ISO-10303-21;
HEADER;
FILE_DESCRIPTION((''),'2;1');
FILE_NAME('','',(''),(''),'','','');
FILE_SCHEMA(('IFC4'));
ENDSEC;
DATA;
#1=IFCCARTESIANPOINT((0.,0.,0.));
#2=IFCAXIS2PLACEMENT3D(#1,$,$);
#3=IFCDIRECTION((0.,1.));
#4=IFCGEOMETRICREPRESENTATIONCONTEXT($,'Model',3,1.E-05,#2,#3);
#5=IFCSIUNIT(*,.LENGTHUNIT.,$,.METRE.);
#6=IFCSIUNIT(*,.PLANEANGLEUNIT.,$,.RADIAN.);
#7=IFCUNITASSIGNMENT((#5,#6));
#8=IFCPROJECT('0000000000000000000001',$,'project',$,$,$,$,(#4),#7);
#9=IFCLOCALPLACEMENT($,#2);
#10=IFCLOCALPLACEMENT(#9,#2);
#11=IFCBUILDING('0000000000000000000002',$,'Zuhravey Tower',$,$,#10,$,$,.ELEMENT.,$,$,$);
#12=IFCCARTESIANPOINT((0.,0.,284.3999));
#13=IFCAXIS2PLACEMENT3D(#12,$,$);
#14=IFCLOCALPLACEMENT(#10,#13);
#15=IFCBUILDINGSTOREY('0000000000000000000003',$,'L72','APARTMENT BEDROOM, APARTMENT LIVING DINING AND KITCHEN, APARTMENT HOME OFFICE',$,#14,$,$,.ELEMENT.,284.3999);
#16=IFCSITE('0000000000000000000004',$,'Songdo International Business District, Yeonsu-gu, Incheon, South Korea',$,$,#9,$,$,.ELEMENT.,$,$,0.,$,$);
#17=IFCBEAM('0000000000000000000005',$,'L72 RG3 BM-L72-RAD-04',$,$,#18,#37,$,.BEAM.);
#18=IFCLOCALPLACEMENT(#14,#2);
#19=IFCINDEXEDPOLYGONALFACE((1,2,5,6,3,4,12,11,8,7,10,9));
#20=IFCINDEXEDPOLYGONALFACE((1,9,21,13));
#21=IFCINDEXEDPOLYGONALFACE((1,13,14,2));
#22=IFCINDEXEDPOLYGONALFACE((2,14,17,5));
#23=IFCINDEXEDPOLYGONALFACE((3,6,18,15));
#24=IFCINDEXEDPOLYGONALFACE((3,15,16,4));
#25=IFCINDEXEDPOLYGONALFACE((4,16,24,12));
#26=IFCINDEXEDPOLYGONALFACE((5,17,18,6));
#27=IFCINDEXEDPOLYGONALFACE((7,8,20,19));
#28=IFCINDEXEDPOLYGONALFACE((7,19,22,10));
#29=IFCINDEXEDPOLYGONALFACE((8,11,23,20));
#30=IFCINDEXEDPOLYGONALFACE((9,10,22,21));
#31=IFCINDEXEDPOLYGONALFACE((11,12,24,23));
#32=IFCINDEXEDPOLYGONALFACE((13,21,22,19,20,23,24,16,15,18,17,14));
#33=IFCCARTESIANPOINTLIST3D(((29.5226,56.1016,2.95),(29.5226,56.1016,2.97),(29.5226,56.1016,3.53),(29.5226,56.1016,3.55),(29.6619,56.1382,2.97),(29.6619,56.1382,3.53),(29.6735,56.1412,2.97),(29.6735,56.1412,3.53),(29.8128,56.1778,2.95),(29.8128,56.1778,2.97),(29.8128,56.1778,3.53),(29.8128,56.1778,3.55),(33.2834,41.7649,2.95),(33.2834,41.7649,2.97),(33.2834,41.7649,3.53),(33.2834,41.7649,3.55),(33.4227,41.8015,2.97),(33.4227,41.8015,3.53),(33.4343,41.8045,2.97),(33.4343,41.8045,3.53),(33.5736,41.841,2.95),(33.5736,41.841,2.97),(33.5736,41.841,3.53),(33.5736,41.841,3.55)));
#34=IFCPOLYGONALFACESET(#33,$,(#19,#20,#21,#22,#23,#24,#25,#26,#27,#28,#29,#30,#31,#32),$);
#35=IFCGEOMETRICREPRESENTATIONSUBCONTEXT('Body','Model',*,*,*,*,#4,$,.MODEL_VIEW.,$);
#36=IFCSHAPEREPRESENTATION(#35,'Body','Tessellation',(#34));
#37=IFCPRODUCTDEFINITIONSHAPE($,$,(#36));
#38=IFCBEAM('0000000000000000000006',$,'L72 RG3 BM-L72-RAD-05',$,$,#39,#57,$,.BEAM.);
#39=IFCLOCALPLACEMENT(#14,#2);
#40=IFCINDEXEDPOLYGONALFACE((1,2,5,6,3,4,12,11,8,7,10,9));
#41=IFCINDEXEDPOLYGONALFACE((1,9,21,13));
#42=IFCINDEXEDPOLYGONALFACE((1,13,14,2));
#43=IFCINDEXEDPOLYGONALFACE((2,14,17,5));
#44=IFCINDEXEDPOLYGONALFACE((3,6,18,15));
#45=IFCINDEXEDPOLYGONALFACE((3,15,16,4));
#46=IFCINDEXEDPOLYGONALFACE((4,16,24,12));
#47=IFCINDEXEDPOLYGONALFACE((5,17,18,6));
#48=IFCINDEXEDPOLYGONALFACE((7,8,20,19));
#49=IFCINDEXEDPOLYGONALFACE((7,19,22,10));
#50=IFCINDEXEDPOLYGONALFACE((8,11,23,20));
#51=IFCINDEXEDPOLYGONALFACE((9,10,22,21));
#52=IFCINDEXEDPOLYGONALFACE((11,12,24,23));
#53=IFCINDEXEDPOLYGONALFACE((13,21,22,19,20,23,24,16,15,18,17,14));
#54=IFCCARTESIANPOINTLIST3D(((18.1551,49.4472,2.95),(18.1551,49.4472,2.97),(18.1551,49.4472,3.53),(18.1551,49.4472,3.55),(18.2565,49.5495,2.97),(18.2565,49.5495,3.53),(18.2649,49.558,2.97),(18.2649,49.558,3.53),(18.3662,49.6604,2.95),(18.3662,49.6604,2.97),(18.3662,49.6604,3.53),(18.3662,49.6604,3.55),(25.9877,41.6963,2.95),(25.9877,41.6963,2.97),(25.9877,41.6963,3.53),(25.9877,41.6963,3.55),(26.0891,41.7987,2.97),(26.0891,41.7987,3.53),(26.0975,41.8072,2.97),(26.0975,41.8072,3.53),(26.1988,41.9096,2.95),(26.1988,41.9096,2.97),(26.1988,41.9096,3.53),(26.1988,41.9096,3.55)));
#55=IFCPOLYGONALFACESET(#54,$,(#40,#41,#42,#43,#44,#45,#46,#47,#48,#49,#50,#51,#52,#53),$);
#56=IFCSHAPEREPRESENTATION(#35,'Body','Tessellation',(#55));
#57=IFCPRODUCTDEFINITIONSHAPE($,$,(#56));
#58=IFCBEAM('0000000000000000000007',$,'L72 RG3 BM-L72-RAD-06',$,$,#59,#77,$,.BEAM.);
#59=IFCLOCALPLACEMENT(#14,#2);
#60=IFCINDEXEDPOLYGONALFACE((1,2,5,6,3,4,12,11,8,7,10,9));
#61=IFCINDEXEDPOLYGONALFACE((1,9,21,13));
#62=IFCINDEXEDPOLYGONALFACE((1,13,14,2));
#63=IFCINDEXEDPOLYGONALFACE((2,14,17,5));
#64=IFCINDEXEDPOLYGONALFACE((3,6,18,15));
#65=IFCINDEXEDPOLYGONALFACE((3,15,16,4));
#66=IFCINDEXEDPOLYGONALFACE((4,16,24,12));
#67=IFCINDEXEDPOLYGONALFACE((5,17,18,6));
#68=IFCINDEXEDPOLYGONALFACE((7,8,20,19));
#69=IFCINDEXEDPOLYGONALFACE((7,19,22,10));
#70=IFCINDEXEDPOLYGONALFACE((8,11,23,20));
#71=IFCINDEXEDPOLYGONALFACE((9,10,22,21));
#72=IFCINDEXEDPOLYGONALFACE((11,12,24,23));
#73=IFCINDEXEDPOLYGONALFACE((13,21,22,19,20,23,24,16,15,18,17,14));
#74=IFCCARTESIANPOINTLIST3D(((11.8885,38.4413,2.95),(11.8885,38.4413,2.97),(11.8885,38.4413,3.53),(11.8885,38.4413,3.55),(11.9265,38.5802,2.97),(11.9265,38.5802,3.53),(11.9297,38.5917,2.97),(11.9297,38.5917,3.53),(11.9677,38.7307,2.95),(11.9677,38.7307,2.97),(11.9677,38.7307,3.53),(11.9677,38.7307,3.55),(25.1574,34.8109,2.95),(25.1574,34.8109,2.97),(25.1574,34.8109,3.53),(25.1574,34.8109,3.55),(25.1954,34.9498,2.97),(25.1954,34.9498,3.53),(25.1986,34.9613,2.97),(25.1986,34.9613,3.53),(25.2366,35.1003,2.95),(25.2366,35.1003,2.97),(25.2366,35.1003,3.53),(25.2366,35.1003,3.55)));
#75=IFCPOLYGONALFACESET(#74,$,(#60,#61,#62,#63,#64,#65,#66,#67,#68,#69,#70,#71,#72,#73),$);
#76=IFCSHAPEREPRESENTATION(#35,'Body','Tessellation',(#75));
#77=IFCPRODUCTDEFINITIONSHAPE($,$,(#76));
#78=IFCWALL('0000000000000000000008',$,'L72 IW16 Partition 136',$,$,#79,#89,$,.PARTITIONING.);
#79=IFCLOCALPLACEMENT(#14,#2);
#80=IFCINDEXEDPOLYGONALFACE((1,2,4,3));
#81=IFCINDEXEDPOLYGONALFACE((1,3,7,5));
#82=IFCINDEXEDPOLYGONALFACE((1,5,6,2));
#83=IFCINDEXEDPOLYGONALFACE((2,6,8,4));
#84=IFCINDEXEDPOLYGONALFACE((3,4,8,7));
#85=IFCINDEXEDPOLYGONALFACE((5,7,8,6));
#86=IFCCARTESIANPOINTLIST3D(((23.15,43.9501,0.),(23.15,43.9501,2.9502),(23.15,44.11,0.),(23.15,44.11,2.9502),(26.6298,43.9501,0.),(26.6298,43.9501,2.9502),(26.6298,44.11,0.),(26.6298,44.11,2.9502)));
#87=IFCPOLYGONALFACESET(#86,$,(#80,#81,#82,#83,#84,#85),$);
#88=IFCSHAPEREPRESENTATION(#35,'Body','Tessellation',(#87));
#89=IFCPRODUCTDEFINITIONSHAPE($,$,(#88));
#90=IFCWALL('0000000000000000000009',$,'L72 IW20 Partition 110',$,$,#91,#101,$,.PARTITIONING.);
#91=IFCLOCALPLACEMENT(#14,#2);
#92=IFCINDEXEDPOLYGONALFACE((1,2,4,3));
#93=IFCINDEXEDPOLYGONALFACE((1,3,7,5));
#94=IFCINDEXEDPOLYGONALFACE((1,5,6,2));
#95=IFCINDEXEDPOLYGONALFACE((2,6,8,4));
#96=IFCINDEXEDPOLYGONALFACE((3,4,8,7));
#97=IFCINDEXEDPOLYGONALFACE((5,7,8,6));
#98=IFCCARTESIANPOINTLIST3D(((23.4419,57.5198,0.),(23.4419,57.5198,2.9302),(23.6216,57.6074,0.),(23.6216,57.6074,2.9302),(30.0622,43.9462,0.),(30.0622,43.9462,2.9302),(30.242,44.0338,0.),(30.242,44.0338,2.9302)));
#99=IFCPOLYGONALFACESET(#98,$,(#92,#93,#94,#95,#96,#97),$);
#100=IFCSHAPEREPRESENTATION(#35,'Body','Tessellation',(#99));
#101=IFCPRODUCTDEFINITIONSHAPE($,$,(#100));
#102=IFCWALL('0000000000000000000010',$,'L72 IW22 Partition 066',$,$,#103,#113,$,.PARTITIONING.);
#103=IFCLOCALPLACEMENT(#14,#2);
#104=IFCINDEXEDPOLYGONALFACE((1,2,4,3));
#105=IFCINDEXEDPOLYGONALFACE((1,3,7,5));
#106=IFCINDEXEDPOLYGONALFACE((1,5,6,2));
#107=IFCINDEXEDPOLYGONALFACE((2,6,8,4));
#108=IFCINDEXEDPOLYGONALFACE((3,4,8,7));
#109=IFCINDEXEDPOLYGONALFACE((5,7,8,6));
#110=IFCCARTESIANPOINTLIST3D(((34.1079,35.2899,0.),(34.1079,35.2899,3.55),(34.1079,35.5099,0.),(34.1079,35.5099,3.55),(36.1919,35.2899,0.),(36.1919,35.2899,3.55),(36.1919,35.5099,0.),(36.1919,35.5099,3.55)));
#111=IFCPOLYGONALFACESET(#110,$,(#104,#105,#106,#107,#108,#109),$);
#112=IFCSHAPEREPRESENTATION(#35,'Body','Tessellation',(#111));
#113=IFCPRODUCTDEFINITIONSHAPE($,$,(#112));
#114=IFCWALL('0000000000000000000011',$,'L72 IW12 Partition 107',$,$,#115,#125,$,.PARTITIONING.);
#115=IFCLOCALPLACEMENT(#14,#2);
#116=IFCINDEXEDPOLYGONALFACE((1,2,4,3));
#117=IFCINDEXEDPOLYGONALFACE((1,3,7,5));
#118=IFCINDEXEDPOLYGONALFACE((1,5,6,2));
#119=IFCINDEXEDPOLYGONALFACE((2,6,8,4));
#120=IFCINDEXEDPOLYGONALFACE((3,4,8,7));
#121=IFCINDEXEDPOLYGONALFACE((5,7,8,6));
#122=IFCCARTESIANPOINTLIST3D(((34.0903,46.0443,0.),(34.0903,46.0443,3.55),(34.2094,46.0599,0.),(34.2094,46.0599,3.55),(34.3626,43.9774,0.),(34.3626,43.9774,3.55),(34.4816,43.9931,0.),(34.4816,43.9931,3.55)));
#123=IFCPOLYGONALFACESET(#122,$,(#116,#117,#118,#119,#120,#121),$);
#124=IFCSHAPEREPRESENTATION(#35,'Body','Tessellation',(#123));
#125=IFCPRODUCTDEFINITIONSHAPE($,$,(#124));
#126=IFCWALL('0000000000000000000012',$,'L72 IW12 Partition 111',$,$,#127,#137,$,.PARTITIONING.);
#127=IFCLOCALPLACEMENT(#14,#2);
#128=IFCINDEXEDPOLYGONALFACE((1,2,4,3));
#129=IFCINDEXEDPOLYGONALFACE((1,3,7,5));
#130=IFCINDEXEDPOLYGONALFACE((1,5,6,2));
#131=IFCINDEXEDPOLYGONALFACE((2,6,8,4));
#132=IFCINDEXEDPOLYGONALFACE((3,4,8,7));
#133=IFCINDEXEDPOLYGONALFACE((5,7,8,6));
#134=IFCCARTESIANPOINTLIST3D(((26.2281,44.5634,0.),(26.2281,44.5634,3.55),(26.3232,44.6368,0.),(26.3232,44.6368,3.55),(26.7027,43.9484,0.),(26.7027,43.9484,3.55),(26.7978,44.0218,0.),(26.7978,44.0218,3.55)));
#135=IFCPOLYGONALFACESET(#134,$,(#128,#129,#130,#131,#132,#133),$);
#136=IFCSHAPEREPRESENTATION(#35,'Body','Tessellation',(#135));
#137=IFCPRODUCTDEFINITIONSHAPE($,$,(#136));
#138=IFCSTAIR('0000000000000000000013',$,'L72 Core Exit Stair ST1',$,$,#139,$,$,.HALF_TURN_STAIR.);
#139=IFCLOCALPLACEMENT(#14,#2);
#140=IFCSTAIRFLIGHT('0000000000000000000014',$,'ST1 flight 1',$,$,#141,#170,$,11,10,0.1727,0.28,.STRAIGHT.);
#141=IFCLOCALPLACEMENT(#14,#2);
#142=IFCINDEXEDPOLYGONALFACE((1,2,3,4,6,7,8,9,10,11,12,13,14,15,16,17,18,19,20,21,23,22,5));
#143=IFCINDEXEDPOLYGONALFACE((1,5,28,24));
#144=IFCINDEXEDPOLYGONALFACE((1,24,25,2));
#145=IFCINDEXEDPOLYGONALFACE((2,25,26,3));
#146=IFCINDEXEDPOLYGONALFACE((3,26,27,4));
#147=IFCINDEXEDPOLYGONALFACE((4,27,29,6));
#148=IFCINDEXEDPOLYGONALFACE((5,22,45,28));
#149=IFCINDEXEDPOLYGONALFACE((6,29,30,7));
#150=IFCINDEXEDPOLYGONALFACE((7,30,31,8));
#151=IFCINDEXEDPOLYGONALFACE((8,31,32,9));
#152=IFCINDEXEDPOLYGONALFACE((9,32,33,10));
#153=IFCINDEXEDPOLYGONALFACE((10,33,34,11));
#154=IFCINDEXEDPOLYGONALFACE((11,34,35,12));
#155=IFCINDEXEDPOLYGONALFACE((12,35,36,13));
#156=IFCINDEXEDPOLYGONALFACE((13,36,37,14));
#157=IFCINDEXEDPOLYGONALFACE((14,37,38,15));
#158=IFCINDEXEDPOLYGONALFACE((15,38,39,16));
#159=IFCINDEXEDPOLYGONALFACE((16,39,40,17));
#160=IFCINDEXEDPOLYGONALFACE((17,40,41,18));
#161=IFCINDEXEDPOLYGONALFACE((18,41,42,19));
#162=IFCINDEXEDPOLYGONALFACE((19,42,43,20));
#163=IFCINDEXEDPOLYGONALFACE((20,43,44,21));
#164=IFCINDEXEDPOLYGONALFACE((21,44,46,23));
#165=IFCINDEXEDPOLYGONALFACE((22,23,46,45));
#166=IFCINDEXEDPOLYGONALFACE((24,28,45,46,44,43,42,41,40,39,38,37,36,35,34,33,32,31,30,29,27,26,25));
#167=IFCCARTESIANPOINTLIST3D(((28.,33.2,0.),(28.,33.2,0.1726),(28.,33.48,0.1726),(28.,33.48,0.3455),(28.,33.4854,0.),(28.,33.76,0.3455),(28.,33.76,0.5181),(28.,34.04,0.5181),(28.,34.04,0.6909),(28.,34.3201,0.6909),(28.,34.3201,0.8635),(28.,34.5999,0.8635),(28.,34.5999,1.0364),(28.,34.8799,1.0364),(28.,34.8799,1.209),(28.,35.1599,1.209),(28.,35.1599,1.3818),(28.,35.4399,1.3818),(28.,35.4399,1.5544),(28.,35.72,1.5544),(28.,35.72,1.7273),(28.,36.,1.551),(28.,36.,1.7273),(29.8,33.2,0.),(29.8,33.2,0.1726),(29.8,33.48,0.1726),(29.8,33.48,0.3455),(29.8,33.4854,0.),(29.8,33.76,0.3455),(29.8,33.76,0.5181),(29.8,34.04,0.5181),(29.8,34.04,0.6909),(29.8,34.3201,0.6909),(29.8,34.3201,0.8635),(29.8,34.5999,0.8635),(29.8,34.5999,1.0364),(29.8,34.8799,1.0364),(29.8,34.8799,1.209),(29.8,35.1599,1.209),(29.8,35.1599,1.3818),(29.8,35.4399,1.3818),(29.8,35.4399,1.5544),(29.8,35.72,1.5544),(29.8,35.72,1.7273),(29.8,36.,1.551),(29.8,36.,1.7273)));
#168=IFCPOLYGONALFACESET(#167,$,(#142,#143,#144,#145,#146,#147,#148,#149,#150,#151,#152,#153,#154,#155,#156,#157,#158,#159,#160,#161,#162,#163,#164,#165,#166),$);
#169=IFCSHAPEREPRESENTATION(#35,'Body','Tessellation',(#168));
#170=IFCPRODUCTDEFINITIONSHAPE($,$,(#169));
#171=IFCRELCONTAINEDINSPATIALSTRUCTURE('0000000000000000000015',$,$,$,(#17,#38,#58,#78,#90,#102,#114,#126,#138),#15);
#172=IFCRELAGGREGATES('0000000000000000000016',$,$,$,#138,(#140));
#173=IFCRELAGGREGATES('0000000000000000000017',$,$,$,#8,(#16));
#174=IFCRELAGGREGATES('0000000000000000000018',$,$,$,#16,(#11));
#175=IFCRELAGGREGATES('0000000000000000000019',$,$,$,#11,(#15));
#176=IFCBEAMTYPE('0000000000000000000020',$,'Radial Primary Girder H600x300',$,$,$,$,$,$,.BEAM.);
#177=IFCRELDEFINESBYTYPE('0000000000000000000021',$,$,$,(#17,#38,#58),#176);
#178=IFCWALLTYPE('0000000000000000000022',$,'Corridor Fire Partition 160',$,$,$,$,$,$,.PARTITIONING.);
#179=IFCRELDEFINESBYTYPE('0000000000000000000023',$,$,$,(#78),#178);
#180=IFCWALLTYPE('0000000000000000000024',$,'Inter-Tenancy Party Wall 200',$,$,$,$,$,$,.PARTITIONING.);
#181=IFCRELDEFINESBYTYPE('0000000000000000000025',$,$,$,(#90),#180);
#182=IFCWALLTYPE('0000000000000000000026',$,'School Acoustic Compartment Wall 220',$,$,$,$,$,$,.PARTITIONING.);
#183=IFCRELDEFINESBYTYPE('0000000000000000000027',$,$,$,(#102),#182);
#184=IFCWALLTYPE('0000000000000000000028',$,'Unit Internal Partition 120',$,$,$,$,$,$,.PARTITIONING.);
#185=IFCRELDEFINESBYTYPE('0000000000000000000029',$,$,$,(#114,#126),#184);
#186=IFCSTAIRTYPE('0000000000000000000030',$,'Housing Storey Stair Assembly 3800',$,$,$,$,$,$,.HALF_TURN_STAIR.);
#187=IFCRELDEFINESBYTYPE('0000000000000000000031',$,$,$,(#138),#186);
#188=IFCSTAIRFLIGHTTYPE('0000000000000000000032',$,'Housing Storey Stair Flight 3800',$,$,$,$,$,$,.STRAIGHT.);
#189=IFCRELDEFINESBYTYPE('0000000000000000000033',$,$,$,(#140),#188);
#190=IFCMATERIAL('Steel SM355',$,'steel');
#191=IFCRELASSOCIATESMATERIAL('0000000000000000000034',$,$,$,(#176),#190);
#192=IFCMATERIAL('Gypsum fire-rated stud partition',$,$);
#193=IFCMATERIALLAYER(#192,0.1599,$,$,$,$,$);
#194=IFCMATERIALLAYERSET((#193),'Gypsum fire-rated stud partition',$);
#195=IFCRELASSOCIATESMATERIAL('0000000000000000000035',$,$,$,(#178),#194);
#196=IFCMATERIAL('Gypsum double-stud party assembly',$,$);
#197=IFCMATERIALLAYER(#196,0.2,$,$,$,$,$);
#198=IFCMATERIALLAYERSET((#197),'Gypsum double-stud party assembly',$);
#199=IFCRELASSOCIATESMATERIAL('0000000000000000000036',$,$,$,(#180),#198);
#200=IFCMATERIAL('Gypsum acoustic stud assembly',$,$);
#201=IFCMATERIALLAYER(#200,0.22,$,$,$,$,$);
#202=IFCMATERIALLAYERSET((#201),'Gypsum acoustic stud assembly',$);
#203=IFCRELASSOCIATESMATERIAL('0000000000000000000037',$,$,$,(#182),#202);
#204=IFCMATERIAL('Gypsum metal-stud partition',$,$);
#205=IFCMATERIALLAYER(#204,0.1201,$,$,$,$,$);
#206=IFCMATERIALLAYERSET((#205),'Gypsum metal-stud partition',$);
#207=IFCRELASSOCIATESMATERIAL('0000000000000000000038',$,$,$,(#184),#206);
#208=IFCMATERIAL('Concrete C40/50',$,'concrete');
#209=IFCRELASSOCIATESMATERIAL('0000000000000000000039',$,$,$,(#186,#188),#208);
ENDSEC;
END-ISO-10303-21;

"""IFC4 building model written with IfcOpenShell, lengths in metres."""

from ifc_helpers import new_model, si_unit, direction, frame, frame_2d, origin, origin_2d, place, context, subcontext, project, spatial, polyline, rectangle, i_section, outline, extrude, material, layer, layer_set, material_profile, profile_set, type_object, element, aggregate, save


model = new_model("IFC4")

# Units and contexts
model_context = context("Model", 3, precision=1e-05, world=origin(), true_north=direction((0.0, 1.0)))
body_context = subcontext(model_context, "Body", "Model", "MODEL_VIEW")
ifc_project = project(units=[si_unit("LENGTHUNIT", "METRE"), si_unit("PLANEANGLEUNIT", "RADIAN")], contexts=[model_context])

# Site, building, storey
site_placement = place(None, origin())
site = spatial("IfcSite", under=ifc_project, at=site_placement, Name="Songdo International Business District, Yeonsu-gu, Incheon, South Korea", CompositionType="ELEMENT", RefElevation=0.0)
building_placement = place(site_placement, origin())
building = spatial("IfcBuilding", under=site, at=building_placement, Name="Zuhravey Tower", CompositionType="ELEMENT")
storey_placement = place(building_placement, frame((0.0, 0.0, 284.3999)))
storey = spatial("IfcBuildingStorey", under=building, at=storey_placement, Name="L72", Description="APARTMENT BEDROOM, APARTMENT LIVING DINING AND KITCHEN, APARTMENT HOME OFFICE", CompositionType="ELEMENT", Elevation=284.3999)

# Beams
ifc_material_1 = material(Name="Steel SM355", Category="steel")
ifc_material_profile = material_profile(ifc_material_1, i_section(OverallWidth=0.3, OverallDepth=0.6001, WebThickness=0.012, FlangeThickness=0.02, at=origin_2d()), Name="H-600x300x12x20")
ifc_profile_set = profile_set([ifc_material_profile], Name="Steel SM355")
beam_type = type_object("IfcBeamType", Name="Radial Primary Girder H600x300", PredefinedType="BEAM", material=ifc_profile_set)
beam_1_placement = place(storey_placement, frame((33.4285, 41.803, 3.25), z_axis=(-0.253732, 0.967275, 0.0), x_axis=(-0.967275, -0.253732, 0.0)))
element("IfcBeam", 1, at=beam_1_placement, inside=storey, type_object=beam_type, Name="L72 RG3 BM-L72-RAD-04", PredefinedType="BEAM", context=body_context, shape_type="SweptSolid", body=[
    extrude(i_section(OverallWidth=0.3, OverallDepth=0.6001, WebThickness=0.012, FlangeThickness=0.02, at=origin_2d()), origin(), (0.0, 0.0, 1.0), 14.8218),
])
beam_2_placement = place(storey_placement, frame((26.0933, 41.803, 3.25), z_axis=(-0.710808, 0.703386, 0.0), x_axis=(-0.703386, -0.710808, 0.0)))
element("IfcBeam", 2, at=beam_2_placement, inside=storey, type_object=beam_type, Name="L72 RG3 BM-L72-RAD-05", PredefinedType="BEAM", context=body_context, shape_type="SweptSolid", body=[
    extrude(i_section(OverallWidth=0.3, OverallDepth=0.6001, WebThickness=0.012, FlangeThickness=0.02, at=origin_2d()), origin(), (0.0, 0.0, 1.0), 11.0193),
])
beam_3_placement = place(storey_placement, frame((25.197, 34.9556, 3.25), z_axis=(-0.964549, 0.263903, 0.0), x_axis=(-0.263903, -0.964549, 0.0)))
element("IfcBeam", 3, at=beam_3_placement, inside=storey, type_object=beam_type, Name="L72 RG3 BM-L72-RAD-06", PredefinedType="BEAM", context=body_context, shape_type="SweptSolid", body=[
    extrude(i_section(OverallWidth=0.3, OverallDepth=0.6001, WebThickness=0.012, FlangeThickness=0.02, at=origin_2d()), origin(), (0.0, 0.0, 1.0), 13.7566),
])

# Walls
ifc_material_2 = material(Name="Gypsum fire-rated stud partition")
ifc_layer_1 = layer(ifc_material_2, 0.1599)
ifc_layer_set_1 = layer_set([ifc_layer_1], Name="Gypsum fire-rated stud partition")
wall_type_1 = type_object("IfcWallType", Name="Corridor Fire Partition 160", PredefinedType="PARTITIONING", material=ifc_layer_set_1)
wall_1_placement = place(storey_placement, frame((26.6296, 44.03, 0.0), z_axis=(0.0, 0.0, 1.0), x_axis=(-1.0, 0.0, 0.0)))
element("IfcWall", 4, at=wall_1_placement, inside=storey, type_object=wall_type_1, Name="L72 IW16 Partition 136", PredefinedType="PARTITIONING", context=body_context, shape_type="SweptSolid", body=[
    extrude(rectangle(XDim=3.4797, YDim=0.1599, at=frame_2d((1.7397, 0.0))), origin(), (0.0, 0.0, 1.0), 2.9502),
])
ifc_material_3 = material(Name="Gypsum double-stud party assembly")
ifc_layer_2 = layer(ifc_material_3, 0.2)
ifc_layer_set_2 = layer_set([ifc_layer_2], Name="Gypsum double-stud party assembly")
wall_type_2 = type_object("IfcWallType", Name="Inter-Tenancy Party Wall 200", PredefinedType="PARTITIONING", material=ifc_layer_set_2)
wall_2_placement = place(storey_placement, frame((30.1521, 43.99, 0.0), z_axis=(0.0, 0.0, 1.0), x_axis=(-0.438372, 0.898794, 0.0)))
element("IfcWall", 5, at=wall_2_placement, inside=storey, type_object=wall_type_2, Name="L72 IW20 Partition 110", PredefinedType="PARTITIONING", context=body_context, shape_type="SweptSolid", body=[
    extrude(rectangle(XDim=15.1021, YDim=0.2, at=frame_2d((7.551, 0.0))), origin(), (0.0, 0.0, 1.0), 2.9302),
])
ifc_material_4 = material(Name="Gypsum acoustic stud assembly")
ifc_layer_3 = layer(ifc_material_4, 0.22)
ifc_layer_set_3 = layer_set([ifc_layer_3], Name="Gypsum acoustic stud assembly")
wall_type_3 = type_object("IfcWallType", Name="School Acoustic Compartment Wall 220", PredefinedType="PARTITIONING", material=ifc_layer_set_3)
wall_3_placement = place(storey_placement, frame((34.1079, 35.3999, 0.0), z_axis=(0.0, 0.0, 1.0), x_axis=(1.0, 0.0, 0.0)))
element("IfcWall", 6, at=wall_3_placement, inside=storey, type_object=wall_type_3, Name="L72 IW22 Partition 066", PredefinedType="PARTITIONING", context=body_context, shape_type="SweptSolid", body=[
    extrude(rectangle(XDim=2.084, YDim=0.22, at=frame_2d((1.042, 0.0))), origin(), (0.0, 0.0, 1.0), 3.55),
])
ifc_material_5 = material(Name="Gypsum metal-stud partition")
ifc_layer_4 = layer(ifc_material_5, 0.1201)
ifc_layer_set_4 = layer_set([ifc_layer_4], Name="Gypsum metal-stud partition")
wall_type_4 = type_object("IfcWallType", Name="Unit Internal Partition 120", PredefinedType="PARTITIONING", material=ifc_layer_set_4)
wall_4_placement = place(storey_placement, frame((34.4221, 43.9851, 0.0), z_axis=(0.0, 0.0, 1.0), x_axis=(-0.130576, 0.991438, 0.0)))
element("IfcWall", 7, at=wall_4_placement, inside=storey, type_object=wall_type_4, Name="L72 IW12 Partition 107", PredefinedType="PARTITIONING", context=body_context, shape_type="SweptSolid", body=[
    extrude(rectangle(XDim=2.0847, YDim=0.1201, at=frame_2d((1.0425, 0.0))), origin(), (0.0, 0.0, 1.0), 3.55),
])
wall_5_placement = place(storey_placement, frame((26.7502, 43.9851, 0.0), z_axis=(0.0, 0.0, 1.0), x_axis=(-0.610955, 0.791665, 0.0)))
element("IfcWall", 8, at=wall_5_placement, inside=storey, type_object=wall_type_4, Name="L72 IW12 Partition 111", PredefinedType="PARTITIONING", context=body_context, shape_type="SweptSolid", body=[
    extrude(rectangle(XDim=0.7769, YDim=0.1201, at=frame_2d((0.3884, 0.0))), origin(), (0.0, 0.0, 1.0), 3.55),
])

# Stair, stair flight
ifc_material_6 = material(Name="Concrete C40/50", Category="concrete")
stair_type = type_object("IfcStairType", Name="Housing Storey Stair Assembly 3800", PredefinedType="HALF_TURN_STAIR", material=ifc_material_6)
stair_1_placement = place(storey_placement, origin())
stair_1 = element("IfcStair", 9, at=stair_1_placement, inside=storey, type_object=stair_type, Name="L72 Core Exit Stair ST1", PredefinedType="HALF_TURN_STAIR")
stair_flight_type = type_object("IfcStairFlightType", Name="Housing Storey Stair Flight 3800", PredefinedType="STRAIGHT", material=ifc_material_6)
stair_flight_1_placement = place(storey_placement, frame((28.8999, 33.2, 0.0), z_axis=(0.0, 0.0, 1.0), x_axis=(0.0, 1.0, 0.0)))
stair_flight_1 = element("IfcStairFlight", 10, at=stair_flight_1_placement, type_object=stair_flight_type, Name="ST1 flight 1", NumberOfRisers=11, NumberOfTreads=10, PredefinedType="STRAIGHT", RiserHeight=0.1727, TreadLength=0.28, context=body_context, shape_type="SweptSolid", body=[
    extrude(outline(polyline([(0.0, 0.0), (0.0, 0.1726), (0.28, 0.1726), (0.28, 0.3455), (0.5601, 0.3455), (0.5601, 0.5181), (0.8401, 0.5181), (0.8401, 0.6909), (1.1201, 0.6909), (1.1201, 0.8635), (1.3999, 0.8635), (1.3999, 1.0364), (1.6799, 1.0364), (1.6799, 1.209), (1.96, 1.209), (1.96, 1.3818), (2.24, 1.3818), (2.24, 1.5544), (2.52, 1.5544), (2.52, 1.7273), (2.8, 1.7273), (2.8, 1.8999), (2.8, 1.551), (0.2854, 0.0), (0.0, 0.0)])), frame((0.0, 0.8999, 0.0), z_axis=(0.0, -1.0, 0.0), x_axis=(1.0, 0.0, 0.0)), (0.0, 0.0, 1.0), 1.8),
])
aggregate(stair_1, [stair_flight_1])

save(model, "model.ifc")
